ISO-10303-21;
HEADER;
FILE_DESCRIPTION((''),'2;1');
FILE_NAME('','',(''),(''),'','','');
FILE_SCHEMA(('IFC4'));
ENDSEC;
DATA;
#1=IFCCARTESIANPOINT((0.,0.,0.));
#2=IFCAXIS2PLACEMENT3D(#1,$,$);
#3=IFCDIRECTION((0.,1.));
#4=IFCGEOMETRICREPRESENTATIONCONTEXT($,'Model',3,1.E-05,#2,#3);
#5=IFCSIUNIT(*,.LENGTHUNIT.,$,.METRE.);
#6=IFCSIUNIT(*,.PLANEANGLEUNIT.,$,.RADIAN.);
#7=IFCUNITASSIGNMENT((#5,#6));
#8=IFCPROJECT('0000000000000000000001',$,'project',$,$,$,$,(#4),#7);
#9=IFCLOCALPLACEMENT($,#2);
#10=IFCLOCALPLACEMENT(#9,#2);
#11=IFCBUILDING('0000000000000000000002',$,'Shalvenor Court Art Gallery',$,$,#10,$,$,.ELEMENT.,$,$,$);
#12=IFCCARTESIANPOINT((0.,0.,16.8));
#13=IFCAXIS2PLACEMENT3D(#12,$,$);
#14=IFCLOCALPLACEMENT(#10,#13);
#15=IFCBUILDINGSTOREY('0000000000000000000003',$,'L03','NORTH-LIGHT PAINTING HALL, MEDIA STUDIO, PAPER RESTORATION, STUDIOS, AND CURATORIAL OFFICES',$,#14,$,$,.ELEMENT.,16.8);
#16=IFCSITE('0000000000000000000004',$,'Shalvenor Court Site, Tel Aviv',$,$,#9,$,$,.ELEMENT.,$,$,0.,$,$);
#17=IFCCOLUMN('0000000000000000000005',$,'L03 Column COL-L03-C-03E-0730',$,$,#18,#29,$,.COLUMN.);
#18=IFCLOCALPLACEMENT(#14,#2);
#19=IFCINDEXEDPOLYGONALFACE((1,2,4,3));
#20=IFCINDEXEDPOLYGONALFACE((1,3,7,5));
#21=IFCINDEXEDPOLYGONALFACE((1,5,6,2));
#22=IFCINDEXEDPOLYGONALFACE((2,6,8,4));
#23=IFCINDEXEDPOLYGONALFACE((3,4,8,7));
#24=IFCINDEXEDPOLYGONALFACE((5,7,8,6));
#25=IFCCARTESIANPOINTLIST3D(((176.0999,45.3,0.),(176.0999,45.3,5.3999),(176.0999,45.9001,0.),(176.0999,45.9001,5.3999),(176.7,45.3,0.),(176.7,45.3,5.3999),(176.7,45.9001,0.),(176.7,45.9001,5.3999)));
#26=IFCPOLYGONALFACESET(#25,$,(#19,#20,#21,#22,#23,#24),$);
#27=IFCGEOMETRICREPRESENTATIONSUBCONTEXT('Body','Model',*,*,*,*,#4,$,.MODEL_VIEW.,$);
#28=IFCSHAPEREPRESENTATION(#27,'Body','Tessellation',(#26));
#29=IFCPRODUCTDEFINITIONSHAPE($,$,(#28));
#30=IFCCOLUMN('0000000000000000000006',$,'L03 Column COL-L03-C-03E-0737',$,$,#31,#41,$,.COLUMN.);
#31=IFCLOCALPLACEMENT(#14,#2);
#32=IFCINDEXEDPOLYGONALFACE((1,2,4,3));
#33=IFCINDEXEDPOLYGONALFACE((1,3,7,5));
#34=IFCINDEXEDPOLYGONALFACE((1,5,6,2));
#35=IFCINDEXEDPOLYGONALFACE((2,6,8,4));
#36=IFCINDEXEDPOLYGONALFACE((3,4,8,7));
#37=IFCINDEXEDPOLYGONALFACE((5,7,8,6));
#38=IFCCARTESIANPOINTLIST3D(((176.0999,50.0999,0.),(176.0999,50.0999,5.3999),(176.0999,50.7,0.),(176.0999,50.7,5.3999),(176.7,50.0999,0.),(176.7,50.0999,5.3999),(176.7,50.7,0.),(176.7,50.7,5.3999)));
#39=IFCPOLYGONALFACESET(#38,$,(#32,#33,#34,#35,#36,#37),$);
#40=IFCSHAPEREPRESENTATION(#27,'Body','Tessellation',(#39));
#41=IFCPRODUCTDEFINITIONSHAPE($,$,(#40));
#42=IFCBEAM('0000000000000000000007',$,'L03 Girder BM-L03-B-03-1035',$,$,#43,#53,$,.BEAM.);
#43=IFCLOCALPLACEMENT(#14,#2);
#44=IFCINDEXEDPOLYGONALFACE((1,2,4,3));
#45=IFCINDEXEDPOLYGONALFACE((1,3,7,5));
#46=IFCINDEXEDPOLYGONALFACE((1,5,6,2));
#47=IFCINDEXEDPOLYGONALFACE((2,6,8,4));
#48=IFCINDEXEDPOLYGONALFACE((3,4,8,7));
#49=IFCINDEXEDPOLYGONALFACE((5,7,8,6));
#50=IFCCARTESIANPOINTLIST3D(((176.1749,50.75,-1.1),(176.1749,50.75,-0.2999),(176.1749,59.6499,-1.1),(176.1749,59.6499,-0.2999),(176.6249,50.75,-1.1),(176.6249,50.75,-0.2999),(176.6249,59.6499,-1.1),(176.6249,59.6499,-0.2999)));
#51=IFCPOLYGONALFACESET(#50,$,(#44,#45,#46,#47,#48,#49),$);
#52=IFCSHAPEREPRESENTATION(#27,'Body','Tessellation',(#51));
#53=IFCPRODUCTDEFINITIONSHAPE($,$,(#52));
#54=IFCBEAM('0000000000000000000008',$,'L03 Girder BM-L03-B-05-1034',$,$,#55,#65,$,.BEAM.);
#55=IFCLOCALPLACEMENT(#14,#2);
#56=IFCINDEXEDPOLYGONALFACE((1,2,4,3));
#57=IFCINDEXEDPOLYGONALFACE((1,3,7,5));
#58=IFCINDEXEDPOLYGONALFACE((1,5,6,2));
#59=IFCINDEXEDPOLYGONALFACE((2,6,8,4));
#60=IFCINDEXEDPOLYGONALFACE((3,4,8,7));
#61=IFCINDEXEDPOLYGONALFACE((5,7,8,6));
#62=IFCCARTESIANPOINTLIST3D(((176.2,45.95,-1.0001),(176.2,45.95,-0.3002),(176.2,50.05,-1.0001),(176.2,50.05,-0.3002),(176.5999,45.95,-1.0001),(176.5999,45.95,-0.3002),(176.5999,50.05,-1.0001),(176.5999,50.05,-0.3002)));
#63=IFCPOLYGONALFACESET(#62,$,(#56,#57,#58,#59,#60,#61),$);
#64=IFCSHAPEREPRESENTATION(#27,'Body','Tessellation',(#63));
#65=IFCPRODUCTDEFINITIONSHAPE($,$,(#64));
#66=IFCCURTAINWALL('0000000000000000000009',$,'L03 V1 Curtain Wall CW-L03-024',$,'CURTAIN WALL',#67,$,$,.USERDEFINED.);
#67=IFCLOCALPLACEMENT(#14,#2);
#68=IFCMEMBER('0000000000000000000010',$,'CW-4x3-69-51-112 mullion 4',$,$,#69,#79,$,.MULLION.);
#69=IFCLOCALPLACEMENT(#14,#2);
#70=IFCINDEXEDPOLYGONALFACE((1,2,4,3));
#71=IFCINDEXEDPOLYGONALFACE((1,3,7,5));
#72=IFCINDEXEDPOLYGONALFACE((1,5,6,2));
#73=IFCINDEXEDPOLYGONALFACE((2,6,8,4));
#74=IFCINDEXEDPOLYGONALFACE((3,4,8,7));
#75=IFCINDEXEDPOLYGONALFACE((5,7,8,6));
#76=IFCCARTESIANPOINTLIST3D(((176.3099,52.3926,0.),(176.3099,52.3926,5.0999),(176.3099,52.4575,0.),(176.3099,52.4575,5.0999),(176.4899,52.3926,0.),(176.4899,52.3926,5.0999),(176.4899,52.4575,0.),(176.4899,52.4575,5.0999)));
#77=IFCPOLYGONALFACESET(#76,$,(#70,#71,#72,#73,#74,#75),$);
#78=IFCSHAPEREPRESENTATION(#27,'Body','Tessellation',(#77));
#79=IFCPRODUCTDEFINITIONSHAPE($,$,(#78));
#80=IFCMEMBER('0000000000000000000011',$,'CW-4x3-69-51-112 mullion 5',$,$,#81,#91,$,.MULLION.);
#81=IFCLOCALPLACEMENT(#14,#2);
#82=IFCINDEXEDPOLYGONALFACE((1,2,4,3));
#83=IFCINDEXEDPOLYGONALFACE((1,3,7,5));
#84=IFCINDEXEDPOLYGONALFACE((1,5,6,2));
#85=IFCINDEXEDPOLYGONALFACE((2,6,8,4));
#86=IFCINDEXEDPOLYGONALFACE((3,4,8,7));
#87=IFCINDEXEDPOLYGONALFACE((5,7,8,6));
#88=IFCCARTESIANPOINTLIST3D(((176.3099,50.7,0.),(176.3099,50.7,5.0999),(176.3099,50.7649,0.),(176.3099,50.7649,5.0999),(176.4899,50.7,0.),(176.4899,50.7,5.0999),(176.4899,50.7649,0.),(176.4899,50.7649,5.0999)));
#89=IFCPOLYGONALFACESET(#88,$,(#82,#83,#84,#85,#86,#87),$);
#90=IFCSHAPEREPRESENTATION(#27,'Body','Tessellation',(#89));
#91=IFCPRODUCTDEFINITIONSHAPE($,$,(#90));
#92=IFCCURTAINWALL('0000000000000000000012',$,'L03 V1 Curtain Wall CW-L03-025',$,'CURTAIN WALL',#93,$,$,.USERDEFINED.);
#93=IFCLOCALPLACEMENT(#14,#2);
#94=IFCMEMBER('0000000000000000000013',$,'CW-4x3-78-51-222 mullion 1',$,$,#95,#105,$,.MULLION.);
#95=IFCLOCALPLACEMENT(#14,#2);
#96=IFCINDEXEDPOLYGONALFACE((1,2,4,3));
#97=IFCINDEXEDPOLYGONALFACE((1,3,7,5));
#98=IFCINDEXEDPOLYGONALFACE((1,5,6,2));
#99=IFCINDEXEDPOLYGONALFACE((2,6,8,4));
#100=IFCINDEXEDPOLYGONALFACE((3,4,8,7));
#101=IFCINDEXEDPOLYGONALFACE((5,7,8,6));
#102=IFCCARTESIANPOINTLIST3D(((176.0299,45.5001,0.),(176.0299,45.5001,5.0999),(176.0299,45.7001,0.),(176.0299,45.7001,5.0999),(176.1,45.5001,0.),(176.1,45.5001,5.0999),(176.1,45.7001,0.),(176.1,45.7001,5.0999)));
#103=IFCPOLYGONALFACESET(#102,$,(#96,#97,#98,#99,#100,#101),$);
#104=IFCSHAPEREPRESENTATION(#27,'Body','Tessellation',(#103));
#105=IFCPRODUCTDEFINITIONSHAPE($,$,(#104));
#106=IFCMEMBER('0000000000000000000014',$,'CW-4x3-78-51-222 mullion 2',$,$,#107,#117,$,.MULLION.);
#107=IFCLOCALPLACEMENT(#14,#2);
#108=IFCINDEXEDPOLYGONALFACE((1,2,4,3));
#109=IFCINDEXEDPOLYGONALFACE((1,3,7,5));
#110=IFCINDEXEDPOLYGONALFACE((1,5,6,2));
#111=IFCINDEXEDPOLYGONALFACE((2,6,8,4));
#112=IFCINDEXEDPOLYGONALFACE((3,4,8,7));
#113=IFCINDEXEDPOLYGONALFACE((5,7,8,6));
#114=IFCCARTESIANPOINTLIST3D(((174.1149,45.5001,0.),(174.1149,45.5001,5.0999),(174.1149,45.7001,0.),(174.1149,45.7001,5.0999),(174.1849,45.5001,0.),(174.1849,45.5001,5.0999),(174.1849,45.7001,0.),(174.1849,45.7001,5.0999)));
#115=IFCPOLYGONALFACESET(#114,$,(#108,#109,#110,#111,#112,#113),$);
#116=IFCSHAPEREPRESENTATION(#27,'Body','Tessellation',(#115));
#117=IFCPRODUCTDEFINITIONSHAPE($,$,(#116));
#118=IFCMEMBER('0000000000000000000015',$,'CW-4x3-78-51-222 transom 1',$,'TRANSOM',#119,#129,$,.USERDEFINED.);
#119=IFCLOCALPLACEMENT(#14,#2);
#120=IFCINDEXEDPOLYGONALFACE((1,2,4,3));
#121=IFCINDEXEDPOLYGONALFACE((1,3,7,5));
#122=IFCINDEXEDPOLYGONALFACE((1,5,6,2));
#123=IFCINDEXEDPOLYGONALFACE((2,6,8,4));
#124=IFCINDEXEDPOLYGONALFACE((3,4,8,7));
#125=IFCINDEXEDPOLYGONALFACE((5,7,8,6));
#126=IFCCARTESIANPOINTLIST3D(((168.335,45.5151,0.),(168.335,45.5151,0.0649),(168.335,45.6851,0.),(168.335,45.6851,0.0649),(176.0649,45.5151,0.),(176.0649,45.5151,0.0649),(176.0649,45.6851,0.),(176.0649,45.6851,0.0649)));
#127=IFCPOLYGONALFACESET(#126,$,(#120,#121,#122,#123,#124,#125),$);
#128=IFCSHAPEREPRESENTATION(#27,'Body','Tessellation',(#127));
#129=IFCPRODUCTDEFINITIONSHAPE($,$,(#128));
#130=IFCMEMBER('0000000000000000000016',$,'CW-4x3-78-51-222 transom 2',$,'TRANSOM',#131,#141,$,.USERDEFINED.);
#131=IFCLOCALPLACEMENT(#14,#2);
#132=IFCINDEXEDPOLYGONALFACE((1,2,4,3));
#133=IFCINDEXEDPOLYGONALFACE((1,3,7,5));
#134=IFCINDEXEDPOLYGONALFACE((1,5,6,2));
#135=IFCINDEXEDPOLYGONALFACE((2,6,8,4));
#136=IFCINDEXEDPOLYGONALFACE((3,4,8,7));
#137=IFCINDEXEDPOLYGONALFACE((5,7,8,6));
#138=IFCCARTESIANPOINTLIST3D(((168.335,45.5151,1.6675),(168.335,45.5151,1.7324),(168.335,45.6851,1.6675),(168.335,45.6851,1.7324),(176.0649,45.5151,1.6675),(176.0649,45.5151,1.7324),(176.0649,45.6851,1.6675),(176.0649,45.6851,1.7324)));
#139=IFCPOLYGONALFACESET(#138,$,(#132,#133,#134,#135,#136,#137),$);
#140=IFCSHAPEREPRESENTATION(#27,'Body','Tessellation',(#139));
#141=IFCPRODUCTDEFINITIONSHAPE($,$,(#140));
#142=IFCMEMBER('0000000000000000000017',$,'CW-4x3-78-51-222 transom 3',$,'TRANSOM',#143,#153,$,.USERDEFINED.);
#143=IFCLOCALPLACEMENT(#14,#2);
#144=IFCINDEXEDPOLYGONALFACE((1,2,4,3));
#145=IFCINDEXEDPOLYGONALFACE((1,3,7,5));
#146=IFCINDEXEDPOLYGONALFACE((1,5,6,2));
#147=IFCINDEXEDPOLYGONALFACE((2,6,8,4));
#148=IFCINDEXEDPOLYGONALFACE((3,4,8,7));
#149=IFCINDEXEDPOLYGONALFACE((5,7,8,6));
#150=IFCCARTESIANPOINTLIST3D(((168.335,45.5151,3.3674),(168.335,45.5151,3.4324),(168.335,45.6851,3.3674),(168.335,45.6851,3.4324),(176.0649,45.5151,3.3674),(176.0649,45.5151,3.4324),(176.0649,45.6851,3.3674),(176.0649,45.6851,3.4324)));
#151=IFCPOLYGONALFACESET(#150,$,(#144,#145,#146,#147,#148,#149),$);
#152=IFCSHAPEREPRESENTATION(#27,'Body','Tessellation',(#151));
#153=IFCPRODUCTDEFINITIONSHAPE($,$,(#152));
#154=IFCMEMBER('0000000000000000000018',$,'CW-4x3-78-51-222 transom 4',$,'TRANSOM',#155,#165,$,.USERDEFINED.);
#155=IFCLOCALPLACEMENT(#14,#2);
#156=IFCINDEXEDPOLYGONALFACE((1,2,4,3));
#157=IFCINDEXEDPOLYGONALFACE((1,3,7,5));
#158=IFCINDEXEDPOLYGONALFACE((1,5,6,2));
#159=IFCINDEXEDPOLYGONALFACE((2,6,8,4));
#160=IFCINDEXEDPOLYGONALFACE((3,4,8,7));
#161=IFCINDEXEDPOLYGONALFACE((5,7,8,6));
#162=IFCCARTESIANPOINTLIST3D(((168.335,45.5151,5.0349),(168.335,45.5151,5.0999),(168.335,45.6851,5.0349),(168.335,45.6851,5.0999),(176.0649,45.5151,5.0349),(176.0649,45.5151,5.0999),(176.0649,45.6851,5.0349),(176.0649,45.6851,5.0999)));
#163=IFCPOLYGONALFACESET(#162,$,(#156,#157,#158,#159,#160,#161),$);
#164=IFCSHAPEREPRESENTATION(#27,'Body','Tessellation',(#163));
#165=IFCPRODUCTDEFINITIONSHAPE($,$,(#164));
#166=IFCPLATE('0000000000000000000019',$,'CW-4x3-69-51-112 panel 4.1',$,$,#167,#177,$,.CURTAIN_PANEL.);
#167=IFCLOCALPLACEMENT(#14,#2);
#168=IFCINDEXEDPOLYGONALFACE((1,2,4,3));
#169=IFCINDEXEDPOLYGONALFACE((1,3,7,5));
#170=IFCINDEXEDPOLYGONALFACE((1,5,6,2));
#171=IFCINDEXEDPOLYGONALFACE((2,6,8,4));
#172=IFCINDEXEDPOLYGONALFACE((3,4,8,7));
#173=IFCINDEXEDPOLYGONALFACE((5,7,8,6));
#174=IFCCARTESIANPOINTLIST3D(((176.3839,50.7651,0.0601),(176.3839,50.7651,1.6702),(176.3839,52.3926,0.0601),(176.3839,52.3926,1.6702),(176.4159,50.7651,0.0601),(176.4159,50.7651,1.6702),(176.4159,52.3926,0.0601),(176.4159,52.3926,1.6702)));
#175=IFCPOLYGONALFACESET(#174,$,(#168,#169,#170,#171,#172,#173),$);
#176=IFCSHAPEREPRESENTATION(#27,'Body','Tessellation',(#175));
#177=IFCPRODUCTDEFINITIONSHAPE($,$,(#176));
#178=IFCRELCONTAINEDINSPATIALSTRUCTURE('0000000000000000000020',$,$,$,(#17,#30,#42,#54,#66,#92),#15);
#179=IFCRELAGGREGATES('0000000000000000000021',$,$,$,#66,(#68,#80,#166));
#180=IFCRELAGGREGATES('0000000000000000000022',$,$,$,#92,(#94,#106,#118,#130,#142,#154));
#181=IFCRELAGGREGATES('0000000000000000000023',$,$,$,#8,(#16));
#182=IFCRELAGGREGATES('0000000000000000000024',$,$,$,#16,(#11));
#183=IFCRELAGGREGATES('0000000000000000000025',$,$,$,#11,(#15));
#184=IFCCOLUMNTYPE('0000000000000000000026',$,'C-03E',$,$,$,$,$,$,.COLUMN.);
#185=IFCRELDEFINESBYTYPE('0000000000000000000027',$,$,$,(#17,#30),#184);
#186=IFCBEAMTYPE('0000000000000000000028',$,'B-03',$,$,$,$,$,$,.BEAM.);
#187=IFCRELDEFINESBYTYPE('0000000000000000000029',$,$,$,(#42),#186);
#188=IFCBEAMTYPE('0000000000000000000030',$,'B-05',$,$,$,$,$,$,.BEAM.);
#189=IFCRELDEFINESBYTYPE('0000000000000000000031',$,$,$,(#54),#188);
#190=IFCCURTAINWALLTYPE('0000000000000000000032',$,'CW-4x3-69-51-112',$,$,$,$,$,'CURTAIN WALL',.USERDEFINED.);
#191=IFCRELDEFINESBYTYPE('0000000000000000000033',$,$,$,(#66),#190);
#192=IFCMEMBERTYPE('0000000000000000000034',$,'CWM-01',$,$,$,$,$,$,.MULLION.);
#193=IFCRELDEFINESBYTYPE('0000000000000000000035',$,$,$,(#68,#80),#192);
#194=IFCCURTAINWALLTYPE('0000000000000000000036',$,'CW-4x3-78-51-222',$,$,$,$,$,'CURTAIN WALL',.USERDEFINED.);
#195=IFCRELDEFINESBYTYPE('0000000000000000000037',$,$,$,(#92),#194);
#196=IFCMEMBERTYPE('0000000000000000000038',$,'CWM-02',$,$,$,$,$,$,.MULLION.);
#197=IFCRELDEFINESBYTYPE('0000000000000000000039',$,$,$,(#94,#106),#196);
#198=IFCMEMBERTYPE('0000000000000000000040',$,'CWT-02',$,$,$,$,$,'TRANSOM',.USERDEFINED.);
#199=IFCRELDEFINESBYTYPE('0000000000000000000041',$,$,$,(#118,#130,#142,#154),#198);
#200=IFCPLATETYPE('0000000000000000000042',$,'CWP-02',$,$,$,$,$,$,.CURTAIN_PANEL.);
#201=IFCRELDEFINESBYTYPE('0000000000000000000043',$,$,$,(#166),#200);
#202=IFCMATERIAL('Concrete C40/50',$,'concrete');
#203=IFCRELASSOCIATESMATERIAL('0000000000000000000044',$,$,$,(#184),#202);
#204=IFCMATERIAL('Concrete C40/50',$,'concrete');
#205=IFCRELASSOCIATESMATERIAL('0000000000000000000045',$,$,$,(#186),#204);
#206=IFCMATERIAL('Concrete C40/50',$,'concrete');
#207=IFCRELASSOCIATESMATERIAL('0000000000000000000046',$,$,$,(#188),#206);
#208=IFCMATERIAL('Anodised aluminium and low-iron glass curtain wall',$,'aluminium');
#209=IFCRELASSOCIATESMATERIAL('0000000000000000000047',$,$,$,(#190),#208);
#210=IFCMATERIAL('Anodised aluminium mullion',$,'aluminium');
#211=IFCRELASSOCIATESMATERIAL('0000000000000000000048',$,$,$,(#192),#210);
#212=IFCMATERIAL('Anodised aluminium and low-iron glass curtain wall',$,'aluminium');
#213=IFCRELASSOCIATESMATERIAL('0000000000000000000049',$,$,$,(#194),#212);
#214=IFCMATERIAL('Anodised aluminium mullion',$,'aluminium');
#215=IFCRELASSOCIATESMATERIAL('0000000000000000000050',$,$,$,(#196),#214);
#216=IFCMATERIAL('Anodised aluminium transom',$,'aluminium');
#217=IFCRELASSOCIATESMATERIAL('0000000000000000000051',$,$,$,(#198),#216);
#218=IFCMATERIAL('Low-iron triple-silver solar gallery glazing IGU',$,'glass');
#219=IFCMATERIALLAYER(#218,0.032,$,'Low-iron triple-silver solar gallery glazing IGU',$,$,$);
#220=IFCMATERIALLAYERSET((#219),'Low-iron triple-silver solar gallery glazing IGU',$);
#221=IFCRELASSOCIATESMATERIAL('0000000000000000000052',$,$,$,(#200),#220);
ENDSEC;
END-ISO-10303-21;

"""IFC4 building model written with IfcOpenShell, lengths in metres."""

from ifc_helpers import new_model, si_unit, direction, frame, origin, origin_2d, place, context, subcontext, project, spatial, rectangle, extrude, material, layer, layer_set, material_profile, profile_set, type_object, element, aggregate, save


model = new_model("IFC4")

# Units and contexts
model_context = context("Model", 3, precision=1e-05, world=origin(), true_north=direction((0.0, 1.0)))
body_context = subcontext(model_context, "Body", "Model", "MODEL_VIEW")
ifc_project = project(units=[si_unit("LENGTHUNIT", "METRE"), si_unit("PLANEANGLEUNIT", "RADIAN")], contexts=[model_context])

# Site, building, storey
site_placement = place(None, origin())
site = spatial("IfcSite", under=ifc_project, at=site_placement, Name="Shalvenor Court Site, Tel Aviv", CompositionType="ELEMENT", RefElevation=0.0)
building_placement = place(site_placement, origin())
building = spatial("IfcBuilding", under=site, at=building_placement, Name="Shalvenor Court Art Gallery", CompositionType="ELEMENT")
storey_placement = place(building_placement, frame((0.0, 0.0, 16.8)))
storey = spatial("IfcBuildingStorey", under=building, at=storey_placement, Name="L03", Description="NORTH-LIGHT PAINTING HALL, MEDIA STUDIO, PAPER RESTORATION, STUDIOS, AND CURATORIAL OFFICES", CompositionType="ELEMENT", Elevation=16.8)

# Columns
ifc_material_1 = material(Name="Concrete C40/50", Category="concrete")
ifc_material_profile_1 = material_profile(ifc_material_1, rectangle(XDim=0.6001, YDim=0.6001, at=origin_2d()), Name="RC 600x600")
ifc_profile_set_1 = profile_set([ifc_material_profile_1], Name="Concrete C40/50")
column_type = type_object("IfcColumnType", Name="C-03E", PredefinedType="COLUMN", material=ifc_profile_set_1)
for number, where, z_axis, x_axis, name in (
    (1, (176.3999, 45.6001, 0.0), (0.0, 0.0, 1.0), (1.0, 0.0, 0.0), "L03 Column COL-L03-C-03E-0730"),
    (2, (176.3999, 50.3999, 0.0), (0.0, 0.0, 1.0), (1.0, 0.0, 0.0), "L03 Column COL-L03-C-03E-0737"),
):
    element("IfcColumn", number, at=place(storey_placement, frame(where, z_axis=z_axis, x_axis=x_axis)), inside=storey, type_object=column_type, Name=name, PredefinedType="COLUMN", context=body_context, shape_type="SweptSolid", body=[
        extrude(rectangle(XDim=0.6001, YDim=0.6001, at=origin_2d()), origin(), (0.0, 0.0, 1.0), 5.3999),
    ])

# Beams
ifc_material_2 = material(Name="Concrete C40/50", Category="concrete")
ifc_material_profile_2 = material_profile(ifc_material_2, rectangle(XDim=0.45, YDim=0.8, at=origin_2d()), Name="RC 450x800")
ifc_profile_set_2 = profile_set([ifc_material_profile_2], Name="Concrete C40/50")
beam_type_1 = type_object("IfcBeamType", Name="B-03", PredefinedType="BEAM", material=ifc_profile_set_2)
beam_1_placement = place(storey_placement, frame((176.3999, 50.75, -0.7), z_axis=(0.0, 1.0, 0.0), x_axis=(-1.0, 0.0, 0.0)))
element("IfcBeam", 3, at=beam_1_placement, inside=storey, type_object=beam_type_1, Name="L03 Girder BM-L03-B-03-1035", PredefinedType="BEAM", context=body_context, shape_type="SweptSolid", body=[
    extrude(rectangle(XDim=0.45, YDim=0.8, at=origin_2d()), origin(), (0.0, 0.0, 1.0), 8.8999),
])
ifc_material_3 = material(Name="Concrete C40/50", Category="concrete")
ifc_material_profile_3 = material_profile(ifc_material_3, rectangle(XDim=0.3999, YDim=0.7, at=origin_2d()), Name="RC 400x700")
ifc_profile_set_3 = profile_set([ifc_material_profile_3], Name="Concrete C40/50")
beam_type_2 = type_object("IfcBeamType", Name="B-05", PredefinedType="BEAM", material=ifc_profile_set_3)
beam_2_placement = place(storey_placement, frame((176.3999, 45.95, -0.6501), z_axis=(0.0, 1.0, 0.0), x_axis=(-1.0, 0.0, 0.0)))
element("IfcBeam", 4, at=beam_2_placement, inside=storey, type_object=beam_type_2, Name="L03 Girder BM-L03-B-05-1034", PredefinedType="BEAM", context=body_context, shape_type="SweptSolid", body=[
    extrude(rectangle(XDim=0.3999, YDim=0.7, at=origin_2d()), origin(), (0.0, 0.0, 1.0), 4.1001),
])

# Curtain walls, members
ifc_material_4 = material(Name="Anodised aluminium and low-iron glass curtain wall", Category="aluminium")
curtain_wall_type_1 = type_object("IfcCurtainWallType", Name="CW-4x3-69-51-112", ElementType="CURTAIN WALL", PredefinedType="USERDEFINED", material=ifc_material_4)
curtain_wall_1_placement = place(storey_placement, origin())
curtain_wall_1 = element("IfcCurtainWall", 5, at=curtain_wall_1_placement, inside=storey, type_object=curtain_wall_type_1, Name="L03 V1 Curtain Wall CW-L03-024", ObjectType="CURTAIN WALL", PredefinedType="USERDEFINED")
ifc_material_5 = material(Name="Anodised aluminium mullion", Category="aluminium")
ifc_material_profile_4 = material_profile(ifc_material_5, rectangle(XDim=0.0649, YDim=0.1799, at=origin_2d()), Name="CWM-01")
ifc_profile_set_4 = profile_set([ifc_material_profile_4], Name="Anodised aluminium mullion")
member_type_1 = type_object("IfcMemberType", Name="CWM-01", PredefinedType="MULLION", material=ifc_profile_set_4)
member_1_placement = place(storey_placement, frame((176.3999, 52.425, 0.0), z_axis=(0.0, 0.0, 1.0), x_axis=(0.0, -1.0, 0.0)))
member_1 = element("IfcMember", 6, at=member_1_placement, type_object=member_type_1, Name="CW-4x3-69-51-112 mullion 4", PredefinedType="MULLION", context=body_context, shape_type="SweptSolid", body=[
    extrude(rectangle(XDim=0.0649, YDim=0.1799, at=origin_2d()), origin(), (0.0, 0.0, 1.0), 5.0999),
])
member_2_placement = place(storey_placement, frame((176.3999, 50.7324, 0.0), z_axis=(0.0, 0.0, 1.0), x_axis=(0.0, -1.0, 0.0)))
member_2 = element("IfcMember", 7, at=member_2_placement, type_object=member_type_1, Name="CW-4x3-69-51-112 mullion 5", PredefinedType="MULLION", context=body_context, shape_type="SweptSolid", body=[
    extrude(rectangle(XDim=0.0649, YDim=0.1799, at=origin_2d()), origin(), (0.0, 0.0, 1.0), 5.0999),
])
ifc_material_6 = material(Name="Anodised aluminium and low-iron glass curtain wall", Category="aluminium")
curtain_wall_type_2 = type_object("IfcCurtainWallType", Name="CW-4x3-78-51-222", ElementType="CURTAIN WALL", PredefinedType="USERDEFINED", material=ifc_material_6)
curtain_wall_2_placement = place(storey_placement, origin())
curtain_wall_2 = element("IfcCurtainWall", 8, at=curtain_wall_2_placement, inside=storey, type_object=curtain_wall_type_2, Name="L03 V1 Curtain Wall CW-L03-025", ObjectType="CURTAIN WALL", PredefinedType="USERDEFINED")
ifc_material_7 = material(Name="Anodised aluminium mullion", Category="aluminium")
ifc_material_profile_5 = material_profile(ifc_material_7, rectangle(XDim=0.0701, YDim=0.2, at=origin_2d()), Name="CWM-02")
ifc_profile_set_5 = profile_set([ifc_material_profile_5], Name="Anodised aluminium mullion")
member_type_2 = type_object("IfcMemberType", Name="CWM-02", PredefinedType="MULLION", material=ifc_profile_set_5)
member_3_placement = place(storey_placement, frame((176.0649, 45.6001, 0.0), z_axis=(0.0, 0.0, 1.0), x_axis=(-1.0, 0.0, 0.0)))
member_3 = element("IfcMember", 9, at=member_3_placement, type_object=member_type_2, Name="CW-4x3-78-51-222 mullion 1", PredefinedType="MULLION", context=body_context, shape_type="SweptSolid", body=[
    extrude(rectangle(XDim=0.0701, YDim=0.2, at=origin_2d()), origin(), (0.0, 0.0, 1.0), 5.0999),
])
member_4_placement = place(storey_placement, frame((174.1499, 45.6001, 0.0), z_axis=(0.0, 0.0, 1.0), x_axis=(-1.0, 0.0, 0.0)))
member_4 = element("IfcMember", 10, at=member_4_placement, type_object=member_type_2, Name="CW-4x3-78-51-222 mullion 2", PredefinedType="MULLION", context=body_context, shape_type="SweptSolid", body=[
    extrude(rectangle(XDim=0.0701, YDim=0.2, at=origin_2d()), origin(), (0.0, 0.0, 1.0), 5.0999),
])
ifc_material_8 = material(Name="Anodised aluminium transom", Category="aluminium")
ifc_material_profile_6 = material_profile(ifc_material_8, rectangle(XDim=0.1699, YDim=0.0649, at=origin_2d()), Name="CWT-02")
ifc_profile_set_6 = profile_set([ifc_material_profile_6], Name="Anodised aluminium transom")
member_type_3 = type_object("IfcMemberType", Name="CWT-02", ElementType="TRANSOM", PredefinedType="USERDEFINED", material=ifc_profile_set_6)
member_5_placement = place(storey_placement, frame((176.0649, 45.6001, 0.0325), z_axis=(-1.0, 0.0, 0.0), x_axis=(0.0, -1.0, 0.0)))
member_5 = element("IfcMember", 11, at=member_5_placement, type_object=member_type_3, Name="CW-4x3-78-51-222 transom 1", ObjectType="TRANSOM", PredefinedType="USERDEFINED", context=body_context, shape_type="SweptSolid", body=[
    extrude(rectangle(XDim=0.1699, YDim=0.0649, at=origin_2d()), origin(), (0.0, 0.0, 1.0), 7.73),
])
member_6_placement = place(storey_placement, frame((176.0649, 45.6001, 1.7), z_axis=(-1.0, 0.0, 0.0), x_axis=(0.0, -1.0, 0.0)))
member_6 = element("IfcMember", 12, at=member_6_placement, type_object=member_type_3, Name="CW-4x3-78-51-222 transom 2", ObjectType="TRANSOM", PredefinedType="USERDEFINED", context=body_context, shape_type="SweptSolid", body=[
    extrude(rectangle(XDim=0.1699, YDim=0.0649, at=origin_2d()), origin(), (0.0, 0.0, 1.0), 7.73),
])
member_7_placement = place(storey_placement, frame((176.0649, 45.6001, 3.3999), z_axis=(-1.0, 0.0, 0.0), x_axis=(0.0, -1.0, 0.0)))
member_7 = element("IfcMember", 13, at=member_7_placement, type_object=member_type_3, Name="CW-4x3-78-51-222 transom 3", ObjectType="TRANSOM", PredefinedType="USERDEFINED", context=body_context, shape_type="SweptSolid", body=[
    extrude(rectangle(XDim=0.1699, YDim=0.0649, at=origin_2d()), origin(), (0.0, 0.0, 1.0), 7.73),
])
member_8_placement = place(storey_placement, frame((176.0649, 45.6001, 5.0674), z_axis=(-1.0, 0.0, 0.0), x_axis=(0.0, -1.0, 0.0)))
member_8 = element("IfcMember", 14, at=member_8_placement, type_object=member_type_3, Name="CW-4x3-78-51-222 transom 4", ObjectType="TRANSOM", PredefinedType="USERDEFINED", context=body_context, shape_type="SweptSolid", body=[
    extrude(rectangle(XDim=0.1699, YDim=0.0649, at=origin_2d()), origin(), (0.0, 0.0, 1.0), 7.73),
])

# Plate
ifc_material_9 = material(Name="Low-iron triple-silver solar gallery glazing IGU", Category="glass")
ifc_layer_1 = layer(ifc_material_9, 0.032, Name="Low-iron triple-silver solar gallery glazing IGU")
ifc_layer_set_1 = layer_set([ifc_layer_1], Name="Low-iron triple-silver solar gallery glazing IGU")
plate_type = type_object("IfcPlateType", Name="CWP-02", PredefinedType="CURTAIN_PANEL", material=ifc_layer_set_1)
plate_1_placement = place(storey_placement, frame((176.3999, 51.5789, 0.0601), z_axis=(0.0, 0.0, 1.0), x_axis=(0.0, -1.0, 0.0)))
plate_1 = element("IfcPlate", 15, at=plate_1_placement, type_object=plate_type, Name="CW-4x3-69-51-112 panel 4.1", PredefinedType="CURTAIN_PANEL", context=body_context, shape_type="SweptSolid", body=[
    extrude(rectangle(XDim=1.6274, YDim=0.032, at=origin_2d()), origin(), (0.0, 0.0, 1.0), 1.6101),
])
aggregate(curtain_wall_1, [member_1, member_2, plate_1])
aggregate(curtain_wall_2, [member_3, member_4, member_5, member_6, member_7, member_8])

save(model, "model.ifc")
